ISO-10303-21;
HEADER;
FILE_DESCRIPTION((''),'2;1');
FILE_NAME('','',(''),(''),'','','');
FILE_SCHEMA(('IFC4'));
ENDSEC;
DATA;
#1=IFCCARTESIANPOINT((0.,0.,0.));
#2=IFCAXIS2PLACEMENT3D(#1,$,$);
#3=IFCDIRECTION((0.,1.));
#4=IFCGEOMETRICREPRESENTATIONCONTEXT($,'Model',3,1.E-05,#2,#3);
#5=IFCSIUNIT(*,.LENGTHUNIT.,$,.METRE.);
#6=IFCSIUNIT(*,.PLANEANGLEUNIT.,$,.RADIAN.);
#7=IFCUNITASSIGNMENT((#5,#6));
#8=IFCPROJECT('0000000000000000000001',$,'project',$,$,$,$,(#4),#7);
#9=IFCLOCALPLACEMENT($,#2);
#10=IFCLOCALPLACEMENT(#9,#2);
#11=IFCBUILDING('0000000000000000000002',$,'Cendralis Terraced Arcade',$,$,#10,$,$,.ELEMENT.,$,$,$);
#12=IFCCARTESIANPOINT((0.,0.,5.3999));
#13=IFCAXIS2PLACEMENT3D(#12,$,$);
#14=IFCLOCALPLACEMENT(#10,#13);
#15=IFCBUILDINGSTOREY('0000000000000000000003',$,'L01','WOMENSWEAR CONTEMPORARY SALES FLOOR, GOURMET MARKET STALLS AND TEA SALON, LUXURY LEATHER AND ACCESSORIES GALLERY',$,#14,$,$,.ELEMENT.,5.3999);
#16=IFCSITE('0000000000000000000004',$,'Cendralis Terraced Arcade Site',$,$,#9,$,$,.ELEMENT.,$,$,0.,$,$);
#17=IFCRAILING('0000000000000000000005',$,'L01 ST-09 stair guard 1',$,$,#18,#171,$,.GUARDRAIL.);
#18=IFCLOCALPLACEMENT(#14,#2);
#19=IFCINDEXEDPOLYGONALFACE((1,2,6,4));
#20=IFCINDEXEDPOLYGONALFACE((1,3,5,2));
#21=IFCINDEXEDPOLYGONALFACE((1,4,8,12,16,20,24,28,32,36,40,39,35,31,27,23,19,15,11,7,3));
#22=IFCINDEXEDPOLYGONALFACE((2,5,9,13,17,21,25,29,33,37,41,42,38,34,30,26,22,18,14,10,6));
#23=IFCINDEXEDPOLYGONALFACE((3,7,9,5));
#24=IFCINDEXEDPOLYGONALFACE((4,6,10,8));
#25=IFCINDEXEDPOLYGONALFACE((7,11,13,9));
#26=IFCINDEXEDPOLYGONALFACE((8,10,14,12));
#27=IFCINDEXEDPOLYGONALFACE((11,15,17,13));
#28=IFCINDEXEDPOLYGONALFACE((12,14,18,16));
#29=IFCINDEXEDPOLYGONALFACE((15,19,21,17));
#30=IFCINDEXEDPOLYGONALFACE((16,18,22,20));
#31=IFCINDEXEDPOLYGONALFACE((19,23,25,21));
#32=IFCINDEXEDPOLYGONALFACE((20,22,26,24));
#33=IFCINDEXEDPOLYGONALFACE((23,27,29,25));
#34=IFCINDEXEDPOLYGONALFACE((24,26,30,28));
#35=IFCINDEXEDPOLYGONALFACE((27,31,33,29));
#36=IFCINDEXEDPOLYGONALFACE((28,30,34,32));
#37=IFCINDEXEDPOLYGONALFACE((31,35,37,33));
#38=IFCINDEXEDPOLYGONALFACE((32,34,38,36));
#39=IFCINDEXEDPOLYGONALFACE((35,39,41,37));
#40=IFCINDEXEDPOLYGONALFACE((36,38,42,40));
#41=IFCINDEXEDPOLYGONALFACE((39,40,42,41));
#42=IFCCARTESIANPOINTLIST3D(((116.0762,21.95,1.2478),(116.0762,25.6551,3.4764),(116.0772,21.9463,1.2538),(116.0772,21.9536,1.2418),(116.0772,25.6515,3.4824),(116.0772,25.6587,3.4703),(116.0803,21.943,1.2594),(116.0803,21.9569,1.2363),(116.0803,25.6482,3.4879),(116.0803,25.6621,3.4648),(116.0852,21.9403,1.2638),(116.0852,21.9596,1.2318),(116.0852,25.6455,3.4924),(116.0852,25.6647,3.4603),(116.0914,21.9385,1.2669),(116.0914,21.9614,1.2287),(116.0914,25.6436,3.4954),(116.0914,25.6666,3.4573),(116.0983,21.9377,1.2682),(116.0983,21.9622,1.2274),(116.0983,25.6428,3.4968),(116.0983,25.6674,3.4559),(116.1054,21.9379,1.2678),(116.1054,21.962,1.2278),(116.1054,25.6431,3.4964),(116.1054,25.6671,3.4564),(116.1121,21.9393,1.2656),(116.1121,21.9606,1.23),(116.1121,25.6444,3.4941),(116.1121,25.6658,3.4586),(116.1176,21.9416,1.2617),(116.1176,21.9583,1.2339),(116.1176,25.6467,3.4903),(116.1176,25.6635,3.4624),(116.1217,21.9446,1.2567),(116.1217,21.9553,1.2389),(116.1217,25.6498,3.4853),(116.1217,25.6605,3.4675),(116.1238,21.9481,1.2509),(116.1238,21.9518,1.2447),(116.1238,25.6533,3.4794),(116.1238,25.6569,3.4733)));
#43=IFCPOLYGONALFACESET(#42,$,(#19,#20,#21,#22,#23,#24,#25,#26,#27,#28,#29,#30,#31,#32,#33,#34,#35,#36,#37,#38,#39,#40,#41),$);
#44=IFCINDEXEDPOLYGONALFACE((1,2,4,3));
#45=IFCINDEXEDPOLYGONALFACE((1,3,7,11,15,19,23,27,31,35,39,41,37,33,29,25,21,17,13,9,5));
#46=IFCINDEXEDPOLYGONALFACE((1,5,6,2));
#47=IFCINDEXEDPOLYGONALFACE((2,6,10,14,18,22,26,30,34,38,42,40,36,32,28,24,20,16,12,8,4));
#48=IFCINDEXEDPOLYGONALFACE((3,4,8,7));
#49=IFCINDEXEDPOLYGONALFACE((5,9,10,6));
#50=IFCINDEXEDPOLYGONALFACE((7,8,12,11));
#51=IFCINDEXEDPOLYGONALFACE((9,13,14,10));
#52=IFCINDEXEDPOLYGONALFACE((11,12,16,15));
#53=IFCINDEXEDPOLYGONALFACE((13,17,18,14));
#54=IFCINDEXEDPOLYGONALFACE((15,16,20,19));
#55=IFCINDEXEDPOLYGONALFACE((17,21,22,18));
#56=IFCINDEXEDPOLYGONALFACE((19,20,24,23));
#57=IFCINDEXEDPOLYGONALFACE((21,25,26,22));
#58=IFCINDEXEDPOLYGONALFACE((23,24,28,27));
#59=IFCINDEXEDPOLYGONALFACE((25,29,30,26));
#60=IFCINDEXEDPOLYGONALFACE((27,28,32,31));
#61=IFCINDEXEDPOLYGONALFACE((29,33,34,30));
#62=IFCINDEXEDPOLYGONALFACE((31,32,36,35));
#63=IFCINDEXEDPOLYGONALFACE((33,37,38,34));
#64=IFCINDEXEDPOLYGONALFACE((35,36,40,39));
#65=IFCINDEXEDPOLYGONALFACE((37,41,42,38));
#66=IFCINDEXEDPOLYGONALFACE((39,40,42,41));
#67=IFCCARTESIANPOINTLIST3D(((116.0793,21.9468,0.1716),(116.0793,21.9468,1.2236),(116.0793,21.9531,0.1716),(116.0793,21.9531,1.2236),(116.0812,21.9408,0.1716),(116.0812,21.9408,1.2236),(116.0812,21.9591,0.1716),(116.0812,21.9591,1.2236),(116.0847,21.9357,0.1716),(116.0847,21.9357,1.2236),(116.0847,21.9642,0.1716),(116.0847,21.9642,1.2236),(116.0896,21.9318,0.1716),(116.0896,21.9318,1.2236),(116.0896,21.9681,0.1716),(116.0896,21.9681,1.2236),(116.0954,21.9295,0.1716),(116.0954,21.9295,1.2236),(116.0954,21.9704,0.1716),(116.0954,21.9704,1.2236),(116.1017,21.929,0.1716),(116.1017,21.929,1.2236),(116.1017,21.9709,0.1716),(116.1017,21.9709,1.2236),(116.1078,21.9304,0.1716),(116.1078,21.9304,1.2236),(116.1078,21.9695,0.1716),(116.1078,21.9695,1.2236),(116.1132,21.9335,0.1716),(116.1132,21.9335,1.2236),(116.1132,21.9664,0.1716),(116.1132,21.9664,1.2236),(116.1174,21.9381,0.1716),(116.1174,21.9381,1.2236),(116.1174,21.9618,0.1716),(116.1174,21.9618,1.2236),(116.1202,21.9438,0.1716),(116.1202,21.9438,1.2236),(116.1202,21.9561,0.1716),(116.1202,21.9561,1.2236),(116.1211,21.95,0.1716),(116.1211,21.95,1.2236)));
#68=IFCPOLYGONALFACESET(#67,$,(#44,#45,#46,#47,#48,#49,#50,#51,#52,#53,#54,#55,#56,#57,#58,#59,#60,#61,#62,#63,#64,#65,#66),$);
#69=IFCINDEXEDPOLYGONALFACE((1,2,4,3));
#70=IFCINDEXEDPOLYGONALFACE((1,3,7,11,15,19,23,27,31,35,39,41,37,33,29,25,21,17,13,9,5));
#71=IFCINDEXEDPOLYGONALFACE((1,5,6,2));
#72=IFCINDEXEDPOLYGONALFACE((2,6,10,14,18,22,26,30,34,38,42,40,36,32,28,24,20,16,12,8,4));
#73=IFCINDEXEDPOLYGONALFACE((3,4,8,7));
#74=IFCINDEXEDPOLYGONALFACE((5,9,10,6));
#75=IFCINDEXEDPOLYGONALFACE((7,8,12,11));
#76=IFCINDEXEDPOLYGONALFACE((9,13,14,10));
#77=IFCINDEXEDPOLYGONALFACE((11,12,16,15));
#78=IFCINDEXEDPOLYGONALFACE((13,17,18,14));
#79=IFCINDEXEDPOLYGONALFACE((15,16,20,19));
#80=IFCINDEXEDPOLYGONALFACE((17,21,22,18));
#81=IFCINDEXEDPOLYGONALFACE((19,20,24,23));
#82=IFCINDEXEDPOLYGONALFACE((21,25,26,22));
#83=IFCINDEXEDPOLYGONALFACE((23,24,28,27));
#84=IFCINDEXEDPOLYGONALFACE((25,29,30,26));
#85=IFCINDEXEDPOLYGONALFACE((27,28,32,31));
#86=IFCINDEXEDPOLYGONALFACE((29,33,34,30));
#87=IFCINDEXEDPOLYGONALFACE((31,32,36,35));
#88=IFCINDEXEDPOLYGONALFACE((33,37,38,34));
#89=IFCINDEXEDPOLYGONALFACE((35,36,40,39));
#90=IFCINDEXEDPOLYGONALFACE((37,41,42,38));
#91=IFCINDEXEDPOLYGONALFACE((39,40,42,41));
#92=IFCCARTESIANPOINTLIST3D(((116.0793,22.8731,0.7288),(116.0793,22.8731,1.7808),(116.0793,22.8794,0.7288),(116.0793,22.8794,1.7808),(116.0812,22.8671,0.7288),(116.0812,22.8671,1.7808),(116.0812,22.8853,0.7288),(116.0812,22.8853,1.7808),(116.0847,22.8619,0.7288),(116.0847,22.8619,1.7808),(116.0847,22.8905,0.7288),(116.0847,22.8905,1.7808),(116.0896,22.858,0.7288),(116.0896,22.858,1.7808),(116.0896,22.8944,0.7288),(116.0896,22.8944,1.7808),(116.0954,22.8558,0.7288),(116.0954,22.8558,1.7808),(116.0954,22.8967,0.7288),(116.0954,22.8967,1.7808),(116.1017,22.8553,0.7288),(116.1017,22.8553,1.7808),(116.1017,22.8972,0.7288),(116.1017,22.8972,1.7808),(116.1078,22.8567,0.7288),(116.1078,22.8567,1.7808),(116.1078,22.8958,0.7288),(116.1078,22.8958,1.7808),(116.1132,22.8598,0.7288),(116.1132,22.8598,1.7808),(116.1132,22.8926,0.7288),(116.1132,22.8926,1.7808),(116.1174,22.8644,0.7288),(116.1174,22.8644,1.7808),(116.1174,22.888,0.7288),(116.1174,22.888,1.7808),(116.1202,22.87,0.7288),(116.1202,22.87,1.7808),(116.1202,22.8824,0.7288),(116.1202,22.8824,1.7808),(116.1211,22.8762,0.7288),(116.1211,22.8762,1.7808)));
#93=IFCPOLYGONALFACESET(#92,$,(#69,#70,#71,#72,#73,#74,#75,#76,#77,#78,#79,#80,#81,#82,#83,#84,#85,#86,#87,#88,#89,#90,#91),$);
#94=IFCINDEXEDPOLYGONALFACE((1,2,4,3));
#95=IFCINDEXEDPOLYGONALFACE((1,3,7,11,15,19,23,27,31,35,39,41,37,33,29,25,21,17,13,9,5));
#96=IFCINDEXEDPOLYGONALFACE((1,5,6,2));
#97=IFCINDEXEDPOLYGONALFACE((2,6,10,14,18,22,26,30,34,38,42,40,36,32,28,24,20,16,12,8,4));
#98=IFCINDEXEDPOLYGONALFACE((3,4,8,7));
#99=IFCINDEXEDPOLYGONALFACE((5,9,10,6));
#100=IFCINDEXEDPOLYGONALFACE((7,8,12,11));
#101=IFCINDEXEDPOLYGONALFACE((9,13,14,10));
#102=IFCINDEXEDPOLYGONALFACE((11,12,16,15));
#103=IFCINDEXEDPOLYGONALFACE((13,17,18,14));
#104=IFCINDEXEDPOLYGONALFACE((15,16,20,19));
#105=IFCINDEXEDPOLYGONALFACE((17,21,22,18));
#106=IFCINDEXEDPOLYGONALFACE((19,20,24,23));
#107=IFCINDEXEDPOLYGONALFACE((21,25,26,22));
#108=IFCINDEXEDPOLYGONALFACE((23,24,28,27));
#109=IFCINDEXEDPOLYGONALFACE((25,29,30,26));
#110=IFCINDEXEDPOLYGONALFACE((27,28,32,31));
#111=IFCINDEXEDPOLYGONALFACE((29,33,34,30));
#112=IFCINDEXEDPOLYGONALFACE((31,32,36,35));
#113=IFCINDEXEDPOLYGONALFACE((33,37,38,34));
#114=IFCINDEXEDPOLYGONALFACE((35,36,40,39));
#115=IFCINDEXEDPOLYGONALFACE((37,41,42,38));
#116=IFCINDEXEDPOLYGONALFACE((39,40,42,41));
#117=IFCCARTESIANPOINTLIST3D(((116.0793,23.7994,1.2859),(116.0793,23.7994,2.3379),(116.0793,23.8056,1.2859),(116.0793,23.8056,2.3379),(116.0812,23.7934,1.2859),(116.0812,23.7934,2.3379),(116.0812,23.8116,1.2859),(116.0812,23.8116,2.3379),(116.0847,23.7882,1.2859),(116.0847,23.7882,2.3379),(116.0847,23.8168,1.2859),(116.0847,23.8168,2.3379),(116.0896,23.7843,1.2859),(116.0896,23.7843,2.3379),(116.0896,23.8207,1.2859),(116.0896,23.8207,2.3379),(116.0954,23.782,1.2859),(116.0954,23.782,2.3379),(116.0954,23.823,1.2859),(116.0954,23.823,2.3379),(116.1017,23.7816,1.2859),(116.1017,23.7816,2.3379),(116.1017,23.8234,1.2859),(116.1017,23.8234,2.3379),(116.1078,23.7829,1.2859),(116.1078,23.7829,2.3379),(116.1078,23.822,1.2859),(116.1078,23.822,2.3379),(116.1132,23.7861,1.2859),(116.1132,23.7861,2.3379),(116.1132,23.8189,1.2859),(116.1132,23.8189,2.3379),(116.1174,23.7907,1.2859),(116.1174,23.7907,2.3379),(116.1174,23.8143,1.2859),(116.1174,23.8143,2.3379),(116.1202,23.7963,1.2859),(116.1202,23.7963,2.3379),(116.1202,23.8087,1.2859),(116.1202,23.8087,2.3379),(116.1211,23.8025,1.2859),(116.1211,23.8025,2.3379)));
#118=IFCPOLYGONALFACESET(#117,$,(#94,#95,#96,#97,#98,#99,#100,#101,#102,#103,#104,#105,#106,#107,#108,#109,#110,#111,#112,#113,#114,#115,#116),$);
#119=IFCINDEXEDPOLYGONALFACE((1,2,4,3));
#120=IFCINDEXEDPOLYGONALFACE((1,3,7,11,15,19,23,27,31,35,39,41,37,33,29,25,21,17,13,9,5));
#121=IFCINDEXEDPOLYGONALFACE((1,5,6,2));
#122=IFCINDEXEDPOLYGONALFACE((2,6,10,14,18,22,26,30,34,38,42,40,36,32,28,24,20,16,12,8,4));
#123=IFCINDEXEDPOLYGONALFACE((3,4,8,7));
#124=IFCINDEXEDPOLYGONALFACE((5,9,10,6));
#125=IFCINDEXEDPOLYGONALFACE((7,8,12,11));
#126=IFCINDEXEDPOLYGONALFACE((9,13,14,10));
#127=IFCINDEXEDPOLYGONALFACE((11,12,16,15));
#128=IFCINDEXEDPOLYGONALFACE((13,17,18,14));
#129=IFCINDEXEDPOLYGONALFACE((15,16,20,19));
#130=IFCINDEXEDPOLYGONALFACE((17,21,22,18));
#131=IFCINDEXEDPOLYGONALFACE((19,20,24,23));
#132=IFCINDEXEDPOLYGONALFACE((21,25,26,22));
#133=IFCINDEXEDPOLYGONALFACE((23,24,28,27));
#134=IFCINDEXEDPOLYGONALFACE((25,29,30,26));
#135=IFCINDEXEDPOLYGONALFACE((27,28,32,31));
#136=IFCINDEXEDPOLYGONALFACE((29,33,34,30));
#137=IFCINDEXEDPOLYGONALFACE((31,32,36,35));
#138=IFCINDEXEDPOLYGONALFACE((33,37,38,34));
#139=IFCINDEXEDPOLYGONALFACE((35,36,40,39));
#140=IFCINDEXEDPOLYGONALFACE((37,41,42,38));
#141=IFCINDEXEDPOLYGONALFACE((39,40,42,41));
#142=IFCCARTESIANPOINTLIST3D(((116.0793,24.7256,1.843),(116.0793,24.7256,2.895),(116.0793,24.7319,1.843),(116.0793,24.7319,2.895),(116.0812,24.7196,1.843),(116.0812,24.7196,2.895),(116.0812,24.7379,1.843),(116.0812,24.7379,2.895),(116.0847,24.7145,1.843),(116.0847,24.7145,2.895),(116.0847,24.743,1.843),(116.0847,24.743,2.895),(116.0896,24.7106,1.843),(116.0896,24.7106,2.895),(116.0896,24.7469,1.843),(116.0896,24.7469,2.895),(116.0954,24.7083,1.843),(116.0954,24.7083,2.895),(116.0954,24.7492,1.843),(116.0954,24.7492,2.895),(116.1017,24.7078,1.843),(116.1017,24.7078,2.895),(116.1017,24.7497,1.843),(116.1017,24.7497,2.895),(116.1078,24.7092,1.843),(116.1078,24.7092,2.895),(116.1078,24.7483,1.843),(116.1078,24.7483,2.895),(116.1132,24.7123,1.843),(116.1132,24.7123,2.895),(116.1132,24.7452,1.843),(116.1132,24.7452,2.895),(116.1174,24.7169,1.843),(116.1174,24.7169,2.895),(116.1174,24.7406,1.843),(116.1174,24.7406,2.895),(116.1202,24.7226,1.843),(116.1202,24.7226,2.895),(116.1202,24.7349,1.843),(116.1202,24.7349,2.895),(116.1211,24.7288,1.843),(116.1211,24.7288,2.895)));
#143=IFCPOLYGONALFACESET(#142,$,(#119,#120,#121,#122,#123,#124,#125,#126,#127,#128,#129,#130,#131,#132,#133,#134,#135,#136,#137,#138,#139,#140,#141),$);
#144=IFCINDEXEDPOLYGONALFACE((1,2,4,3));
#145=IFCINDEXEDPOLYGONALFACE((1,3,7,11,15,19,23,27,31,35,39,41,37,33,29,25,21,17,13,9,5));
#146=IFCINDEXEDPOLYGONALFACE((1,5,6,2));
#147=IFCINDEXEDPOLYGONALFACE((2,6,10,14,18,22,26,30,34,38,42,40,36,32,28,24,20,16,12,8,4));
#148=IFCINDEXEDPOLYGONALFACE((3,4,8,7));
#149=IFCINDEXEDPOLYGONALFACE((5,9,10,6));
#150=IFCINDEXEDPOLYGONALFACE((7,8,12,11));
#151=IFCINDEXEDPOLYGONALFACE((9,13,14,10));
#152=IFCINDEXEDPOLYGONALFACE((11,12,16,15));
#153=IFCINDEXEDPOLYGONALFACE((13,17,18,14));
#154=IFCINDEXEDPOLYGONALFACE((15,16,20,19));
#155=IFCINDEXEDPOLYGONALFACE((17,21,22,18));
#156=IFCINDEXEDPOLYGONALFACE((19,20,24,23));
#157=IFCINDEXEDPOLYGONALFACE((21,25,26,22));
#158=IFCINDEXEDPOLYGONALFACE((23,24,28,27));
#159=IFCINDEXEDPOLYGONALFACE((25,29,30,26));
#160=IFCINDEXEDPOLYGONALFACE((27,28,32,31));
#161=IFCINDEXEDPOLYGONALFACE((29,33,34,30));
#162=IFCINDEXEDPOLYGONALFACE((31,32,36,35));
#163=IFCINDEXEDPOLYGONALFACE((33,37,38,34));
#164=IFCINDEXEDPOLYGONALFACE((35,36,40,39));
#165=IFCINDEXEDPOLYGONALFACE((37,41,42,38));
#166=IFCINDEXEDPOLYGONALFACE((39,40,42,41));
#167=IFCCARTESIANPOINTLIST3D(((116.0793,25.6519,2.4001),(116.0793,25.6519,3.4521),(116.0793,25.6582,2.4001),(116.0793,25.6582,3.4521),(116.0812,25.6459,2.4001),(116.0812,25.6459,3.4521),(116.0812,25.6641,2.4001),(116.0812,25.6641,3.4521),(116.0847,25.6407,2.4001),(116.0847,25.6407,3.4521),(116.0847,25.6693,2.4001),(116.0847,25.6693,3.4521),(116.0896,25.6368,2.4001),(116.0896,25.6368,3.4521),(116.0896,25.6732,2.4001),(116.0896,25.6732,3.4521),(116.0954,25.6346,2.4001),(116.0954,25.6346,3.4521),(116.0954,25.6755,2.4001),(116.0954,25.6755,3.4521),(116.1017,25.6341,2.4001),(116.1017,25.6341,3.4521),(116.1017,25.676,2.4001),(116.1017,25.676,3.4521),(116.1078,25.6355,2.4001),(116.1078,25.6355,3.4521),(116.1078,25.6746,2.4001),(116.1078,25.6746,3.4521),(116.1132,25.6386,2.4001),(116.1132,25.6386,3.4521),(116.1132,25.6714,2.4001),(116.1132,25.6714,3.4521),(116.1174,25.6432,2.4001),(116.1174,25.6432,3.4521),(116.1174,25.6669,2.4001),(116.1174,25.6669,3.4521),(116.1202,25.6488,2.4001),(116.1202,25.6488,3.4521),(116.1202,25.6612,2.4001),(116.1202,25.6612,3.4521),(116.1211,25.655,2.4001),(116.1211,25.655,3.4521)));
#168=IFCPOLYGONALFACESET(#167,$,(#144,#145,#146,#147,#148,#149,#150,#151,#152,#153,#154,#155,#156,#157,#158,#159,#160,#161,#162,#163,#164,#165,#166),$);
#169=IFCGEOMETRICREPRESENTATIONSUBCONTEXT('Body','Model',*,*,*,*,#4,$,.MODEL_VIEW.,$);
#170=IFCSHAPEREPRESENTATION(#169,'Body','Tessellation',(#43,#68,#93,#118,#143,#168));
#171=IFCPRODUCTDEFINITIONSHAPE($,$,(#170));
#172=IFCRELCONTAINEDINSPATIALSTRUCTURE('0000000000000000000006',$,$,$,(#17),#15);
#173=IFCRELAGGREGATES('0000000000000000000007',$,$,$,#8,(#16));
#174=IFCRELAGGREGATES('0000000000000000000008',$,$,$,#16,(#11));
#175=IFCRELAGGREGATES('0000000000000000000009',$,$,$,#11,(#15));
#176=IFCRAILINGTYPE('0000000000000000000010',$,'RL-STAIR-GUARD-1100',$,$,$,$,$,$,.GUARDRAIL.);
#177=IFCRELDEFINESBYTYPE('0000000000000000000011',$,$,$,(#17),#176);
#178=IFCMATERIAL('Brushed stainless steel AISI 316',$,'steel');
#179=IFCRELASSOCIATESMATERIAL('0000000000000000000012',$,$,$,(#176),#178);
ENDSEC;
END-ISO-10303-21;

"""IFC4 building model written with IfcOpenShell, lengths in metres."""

from ifc_helpers import new_model, si_unit, direction, frame, origin, origin_2d, place, context, subcontext, project, spatial, circle, extrude, material, type_object, element, save


model = new_model("IFC4")

# Units and contexts
model_context = context("Model", 3, precision=1e-05, world=origin(), true_north=direction((0.0, 1.0)))
body_context = subcontext(model_context, "Body", "Model", "MODEL_VIEW")
ifc_project = project(units=[si_unit("LENGTHUNIT", "METRE"), si_unit("PLANEANGLEUNIT", "RADIAN")], contexts=[model_context])

# Site, building, storey
site_placement = place(None, origin())
site = spatial("IfcSite", under=ifc_project, at=site_placement, Name="Cendralis Terraced Arcade Site", CompositionType="ELEMENT", RefElevation=0.0)
building_placement = place(site_placement, origin())
building = spatial("IfcBuilding", under=site, at=building_placement, Name="Cendralis Terraced Arcade", CompositionType="ELEMENT")
storey_placement = place(building_placement, frame((0.0, 0.0, 5.3999)))
storey = spatial("IfcBuildingStorey", under=building, at=storey_placement, Name="L01", Description="WOMENSWEAR CONTEMPORARY SALES FLOOR, GOURMET MARKET STALLS AND TEA SALON, LUXURY LEATHER AND ACCESSORIES GALLERY", CompositionType="ELEMENT", Elevation=5.3999)

# Railing
ifc_material_1 = material(Name="Brushed stainless steel AISI 316", Category="steel")
railing_type_1 = type_object("IfcRailingType", Name="RL-STAIR-GUARD-1100", PredefinedType="GUARDRAIL", material=ifc_material_1)
railing_1_placement = place(storey_placement, frame((116.1001, 21.95, 0.1716)))
element("IfcRailing", 1, at=railing_1_placement, inside=storey, type_object=railing_type_1, Name="L01 ST-09 stair guard 1", PredefinedType="GUARDRAIL", context=body_context, shape_type="SweptSolid", body=[
    extrude(circle(Radius=0.0239, at=origin_2d()), frame((0.0, 0.0, 1.0762), z_axis=(0.0, 0.856934, 0.515425), x_axis=(-1.0, 0.0, 0.0)), (0.0, 0.0, 1.0), 4.3237),
    extrude(circle(Radius=0.021, at=origin_2d()), origin(), (0.0, 0.0, 1.0), 1.052),
    extrude(circle(Radius=0.021, at=origin_2d()), frame((0.0, 0.9263, 0.5571)), (0.0, 0.0, 1.0), 1.052),
    extrude(circle(Radius=0.021, at=origin_2d()), frame((0.0, 1.8525, 1.1143)), (0.0, 0.0, 1.0), 1.052),
    extrude(circle(Radius=0.021, at=origin_2d()), frame((0.0, 2.7788, 1.6714)), (0.0, 0.0, 1.0), 1.052),
    extrude(circle(Radius=0.021, at=origin_2d()), frame((0.0, 3.7051, 2.2285)), (0.0, 0.0, 1.0), 1.052),
])

save(model, "model.ifc")
